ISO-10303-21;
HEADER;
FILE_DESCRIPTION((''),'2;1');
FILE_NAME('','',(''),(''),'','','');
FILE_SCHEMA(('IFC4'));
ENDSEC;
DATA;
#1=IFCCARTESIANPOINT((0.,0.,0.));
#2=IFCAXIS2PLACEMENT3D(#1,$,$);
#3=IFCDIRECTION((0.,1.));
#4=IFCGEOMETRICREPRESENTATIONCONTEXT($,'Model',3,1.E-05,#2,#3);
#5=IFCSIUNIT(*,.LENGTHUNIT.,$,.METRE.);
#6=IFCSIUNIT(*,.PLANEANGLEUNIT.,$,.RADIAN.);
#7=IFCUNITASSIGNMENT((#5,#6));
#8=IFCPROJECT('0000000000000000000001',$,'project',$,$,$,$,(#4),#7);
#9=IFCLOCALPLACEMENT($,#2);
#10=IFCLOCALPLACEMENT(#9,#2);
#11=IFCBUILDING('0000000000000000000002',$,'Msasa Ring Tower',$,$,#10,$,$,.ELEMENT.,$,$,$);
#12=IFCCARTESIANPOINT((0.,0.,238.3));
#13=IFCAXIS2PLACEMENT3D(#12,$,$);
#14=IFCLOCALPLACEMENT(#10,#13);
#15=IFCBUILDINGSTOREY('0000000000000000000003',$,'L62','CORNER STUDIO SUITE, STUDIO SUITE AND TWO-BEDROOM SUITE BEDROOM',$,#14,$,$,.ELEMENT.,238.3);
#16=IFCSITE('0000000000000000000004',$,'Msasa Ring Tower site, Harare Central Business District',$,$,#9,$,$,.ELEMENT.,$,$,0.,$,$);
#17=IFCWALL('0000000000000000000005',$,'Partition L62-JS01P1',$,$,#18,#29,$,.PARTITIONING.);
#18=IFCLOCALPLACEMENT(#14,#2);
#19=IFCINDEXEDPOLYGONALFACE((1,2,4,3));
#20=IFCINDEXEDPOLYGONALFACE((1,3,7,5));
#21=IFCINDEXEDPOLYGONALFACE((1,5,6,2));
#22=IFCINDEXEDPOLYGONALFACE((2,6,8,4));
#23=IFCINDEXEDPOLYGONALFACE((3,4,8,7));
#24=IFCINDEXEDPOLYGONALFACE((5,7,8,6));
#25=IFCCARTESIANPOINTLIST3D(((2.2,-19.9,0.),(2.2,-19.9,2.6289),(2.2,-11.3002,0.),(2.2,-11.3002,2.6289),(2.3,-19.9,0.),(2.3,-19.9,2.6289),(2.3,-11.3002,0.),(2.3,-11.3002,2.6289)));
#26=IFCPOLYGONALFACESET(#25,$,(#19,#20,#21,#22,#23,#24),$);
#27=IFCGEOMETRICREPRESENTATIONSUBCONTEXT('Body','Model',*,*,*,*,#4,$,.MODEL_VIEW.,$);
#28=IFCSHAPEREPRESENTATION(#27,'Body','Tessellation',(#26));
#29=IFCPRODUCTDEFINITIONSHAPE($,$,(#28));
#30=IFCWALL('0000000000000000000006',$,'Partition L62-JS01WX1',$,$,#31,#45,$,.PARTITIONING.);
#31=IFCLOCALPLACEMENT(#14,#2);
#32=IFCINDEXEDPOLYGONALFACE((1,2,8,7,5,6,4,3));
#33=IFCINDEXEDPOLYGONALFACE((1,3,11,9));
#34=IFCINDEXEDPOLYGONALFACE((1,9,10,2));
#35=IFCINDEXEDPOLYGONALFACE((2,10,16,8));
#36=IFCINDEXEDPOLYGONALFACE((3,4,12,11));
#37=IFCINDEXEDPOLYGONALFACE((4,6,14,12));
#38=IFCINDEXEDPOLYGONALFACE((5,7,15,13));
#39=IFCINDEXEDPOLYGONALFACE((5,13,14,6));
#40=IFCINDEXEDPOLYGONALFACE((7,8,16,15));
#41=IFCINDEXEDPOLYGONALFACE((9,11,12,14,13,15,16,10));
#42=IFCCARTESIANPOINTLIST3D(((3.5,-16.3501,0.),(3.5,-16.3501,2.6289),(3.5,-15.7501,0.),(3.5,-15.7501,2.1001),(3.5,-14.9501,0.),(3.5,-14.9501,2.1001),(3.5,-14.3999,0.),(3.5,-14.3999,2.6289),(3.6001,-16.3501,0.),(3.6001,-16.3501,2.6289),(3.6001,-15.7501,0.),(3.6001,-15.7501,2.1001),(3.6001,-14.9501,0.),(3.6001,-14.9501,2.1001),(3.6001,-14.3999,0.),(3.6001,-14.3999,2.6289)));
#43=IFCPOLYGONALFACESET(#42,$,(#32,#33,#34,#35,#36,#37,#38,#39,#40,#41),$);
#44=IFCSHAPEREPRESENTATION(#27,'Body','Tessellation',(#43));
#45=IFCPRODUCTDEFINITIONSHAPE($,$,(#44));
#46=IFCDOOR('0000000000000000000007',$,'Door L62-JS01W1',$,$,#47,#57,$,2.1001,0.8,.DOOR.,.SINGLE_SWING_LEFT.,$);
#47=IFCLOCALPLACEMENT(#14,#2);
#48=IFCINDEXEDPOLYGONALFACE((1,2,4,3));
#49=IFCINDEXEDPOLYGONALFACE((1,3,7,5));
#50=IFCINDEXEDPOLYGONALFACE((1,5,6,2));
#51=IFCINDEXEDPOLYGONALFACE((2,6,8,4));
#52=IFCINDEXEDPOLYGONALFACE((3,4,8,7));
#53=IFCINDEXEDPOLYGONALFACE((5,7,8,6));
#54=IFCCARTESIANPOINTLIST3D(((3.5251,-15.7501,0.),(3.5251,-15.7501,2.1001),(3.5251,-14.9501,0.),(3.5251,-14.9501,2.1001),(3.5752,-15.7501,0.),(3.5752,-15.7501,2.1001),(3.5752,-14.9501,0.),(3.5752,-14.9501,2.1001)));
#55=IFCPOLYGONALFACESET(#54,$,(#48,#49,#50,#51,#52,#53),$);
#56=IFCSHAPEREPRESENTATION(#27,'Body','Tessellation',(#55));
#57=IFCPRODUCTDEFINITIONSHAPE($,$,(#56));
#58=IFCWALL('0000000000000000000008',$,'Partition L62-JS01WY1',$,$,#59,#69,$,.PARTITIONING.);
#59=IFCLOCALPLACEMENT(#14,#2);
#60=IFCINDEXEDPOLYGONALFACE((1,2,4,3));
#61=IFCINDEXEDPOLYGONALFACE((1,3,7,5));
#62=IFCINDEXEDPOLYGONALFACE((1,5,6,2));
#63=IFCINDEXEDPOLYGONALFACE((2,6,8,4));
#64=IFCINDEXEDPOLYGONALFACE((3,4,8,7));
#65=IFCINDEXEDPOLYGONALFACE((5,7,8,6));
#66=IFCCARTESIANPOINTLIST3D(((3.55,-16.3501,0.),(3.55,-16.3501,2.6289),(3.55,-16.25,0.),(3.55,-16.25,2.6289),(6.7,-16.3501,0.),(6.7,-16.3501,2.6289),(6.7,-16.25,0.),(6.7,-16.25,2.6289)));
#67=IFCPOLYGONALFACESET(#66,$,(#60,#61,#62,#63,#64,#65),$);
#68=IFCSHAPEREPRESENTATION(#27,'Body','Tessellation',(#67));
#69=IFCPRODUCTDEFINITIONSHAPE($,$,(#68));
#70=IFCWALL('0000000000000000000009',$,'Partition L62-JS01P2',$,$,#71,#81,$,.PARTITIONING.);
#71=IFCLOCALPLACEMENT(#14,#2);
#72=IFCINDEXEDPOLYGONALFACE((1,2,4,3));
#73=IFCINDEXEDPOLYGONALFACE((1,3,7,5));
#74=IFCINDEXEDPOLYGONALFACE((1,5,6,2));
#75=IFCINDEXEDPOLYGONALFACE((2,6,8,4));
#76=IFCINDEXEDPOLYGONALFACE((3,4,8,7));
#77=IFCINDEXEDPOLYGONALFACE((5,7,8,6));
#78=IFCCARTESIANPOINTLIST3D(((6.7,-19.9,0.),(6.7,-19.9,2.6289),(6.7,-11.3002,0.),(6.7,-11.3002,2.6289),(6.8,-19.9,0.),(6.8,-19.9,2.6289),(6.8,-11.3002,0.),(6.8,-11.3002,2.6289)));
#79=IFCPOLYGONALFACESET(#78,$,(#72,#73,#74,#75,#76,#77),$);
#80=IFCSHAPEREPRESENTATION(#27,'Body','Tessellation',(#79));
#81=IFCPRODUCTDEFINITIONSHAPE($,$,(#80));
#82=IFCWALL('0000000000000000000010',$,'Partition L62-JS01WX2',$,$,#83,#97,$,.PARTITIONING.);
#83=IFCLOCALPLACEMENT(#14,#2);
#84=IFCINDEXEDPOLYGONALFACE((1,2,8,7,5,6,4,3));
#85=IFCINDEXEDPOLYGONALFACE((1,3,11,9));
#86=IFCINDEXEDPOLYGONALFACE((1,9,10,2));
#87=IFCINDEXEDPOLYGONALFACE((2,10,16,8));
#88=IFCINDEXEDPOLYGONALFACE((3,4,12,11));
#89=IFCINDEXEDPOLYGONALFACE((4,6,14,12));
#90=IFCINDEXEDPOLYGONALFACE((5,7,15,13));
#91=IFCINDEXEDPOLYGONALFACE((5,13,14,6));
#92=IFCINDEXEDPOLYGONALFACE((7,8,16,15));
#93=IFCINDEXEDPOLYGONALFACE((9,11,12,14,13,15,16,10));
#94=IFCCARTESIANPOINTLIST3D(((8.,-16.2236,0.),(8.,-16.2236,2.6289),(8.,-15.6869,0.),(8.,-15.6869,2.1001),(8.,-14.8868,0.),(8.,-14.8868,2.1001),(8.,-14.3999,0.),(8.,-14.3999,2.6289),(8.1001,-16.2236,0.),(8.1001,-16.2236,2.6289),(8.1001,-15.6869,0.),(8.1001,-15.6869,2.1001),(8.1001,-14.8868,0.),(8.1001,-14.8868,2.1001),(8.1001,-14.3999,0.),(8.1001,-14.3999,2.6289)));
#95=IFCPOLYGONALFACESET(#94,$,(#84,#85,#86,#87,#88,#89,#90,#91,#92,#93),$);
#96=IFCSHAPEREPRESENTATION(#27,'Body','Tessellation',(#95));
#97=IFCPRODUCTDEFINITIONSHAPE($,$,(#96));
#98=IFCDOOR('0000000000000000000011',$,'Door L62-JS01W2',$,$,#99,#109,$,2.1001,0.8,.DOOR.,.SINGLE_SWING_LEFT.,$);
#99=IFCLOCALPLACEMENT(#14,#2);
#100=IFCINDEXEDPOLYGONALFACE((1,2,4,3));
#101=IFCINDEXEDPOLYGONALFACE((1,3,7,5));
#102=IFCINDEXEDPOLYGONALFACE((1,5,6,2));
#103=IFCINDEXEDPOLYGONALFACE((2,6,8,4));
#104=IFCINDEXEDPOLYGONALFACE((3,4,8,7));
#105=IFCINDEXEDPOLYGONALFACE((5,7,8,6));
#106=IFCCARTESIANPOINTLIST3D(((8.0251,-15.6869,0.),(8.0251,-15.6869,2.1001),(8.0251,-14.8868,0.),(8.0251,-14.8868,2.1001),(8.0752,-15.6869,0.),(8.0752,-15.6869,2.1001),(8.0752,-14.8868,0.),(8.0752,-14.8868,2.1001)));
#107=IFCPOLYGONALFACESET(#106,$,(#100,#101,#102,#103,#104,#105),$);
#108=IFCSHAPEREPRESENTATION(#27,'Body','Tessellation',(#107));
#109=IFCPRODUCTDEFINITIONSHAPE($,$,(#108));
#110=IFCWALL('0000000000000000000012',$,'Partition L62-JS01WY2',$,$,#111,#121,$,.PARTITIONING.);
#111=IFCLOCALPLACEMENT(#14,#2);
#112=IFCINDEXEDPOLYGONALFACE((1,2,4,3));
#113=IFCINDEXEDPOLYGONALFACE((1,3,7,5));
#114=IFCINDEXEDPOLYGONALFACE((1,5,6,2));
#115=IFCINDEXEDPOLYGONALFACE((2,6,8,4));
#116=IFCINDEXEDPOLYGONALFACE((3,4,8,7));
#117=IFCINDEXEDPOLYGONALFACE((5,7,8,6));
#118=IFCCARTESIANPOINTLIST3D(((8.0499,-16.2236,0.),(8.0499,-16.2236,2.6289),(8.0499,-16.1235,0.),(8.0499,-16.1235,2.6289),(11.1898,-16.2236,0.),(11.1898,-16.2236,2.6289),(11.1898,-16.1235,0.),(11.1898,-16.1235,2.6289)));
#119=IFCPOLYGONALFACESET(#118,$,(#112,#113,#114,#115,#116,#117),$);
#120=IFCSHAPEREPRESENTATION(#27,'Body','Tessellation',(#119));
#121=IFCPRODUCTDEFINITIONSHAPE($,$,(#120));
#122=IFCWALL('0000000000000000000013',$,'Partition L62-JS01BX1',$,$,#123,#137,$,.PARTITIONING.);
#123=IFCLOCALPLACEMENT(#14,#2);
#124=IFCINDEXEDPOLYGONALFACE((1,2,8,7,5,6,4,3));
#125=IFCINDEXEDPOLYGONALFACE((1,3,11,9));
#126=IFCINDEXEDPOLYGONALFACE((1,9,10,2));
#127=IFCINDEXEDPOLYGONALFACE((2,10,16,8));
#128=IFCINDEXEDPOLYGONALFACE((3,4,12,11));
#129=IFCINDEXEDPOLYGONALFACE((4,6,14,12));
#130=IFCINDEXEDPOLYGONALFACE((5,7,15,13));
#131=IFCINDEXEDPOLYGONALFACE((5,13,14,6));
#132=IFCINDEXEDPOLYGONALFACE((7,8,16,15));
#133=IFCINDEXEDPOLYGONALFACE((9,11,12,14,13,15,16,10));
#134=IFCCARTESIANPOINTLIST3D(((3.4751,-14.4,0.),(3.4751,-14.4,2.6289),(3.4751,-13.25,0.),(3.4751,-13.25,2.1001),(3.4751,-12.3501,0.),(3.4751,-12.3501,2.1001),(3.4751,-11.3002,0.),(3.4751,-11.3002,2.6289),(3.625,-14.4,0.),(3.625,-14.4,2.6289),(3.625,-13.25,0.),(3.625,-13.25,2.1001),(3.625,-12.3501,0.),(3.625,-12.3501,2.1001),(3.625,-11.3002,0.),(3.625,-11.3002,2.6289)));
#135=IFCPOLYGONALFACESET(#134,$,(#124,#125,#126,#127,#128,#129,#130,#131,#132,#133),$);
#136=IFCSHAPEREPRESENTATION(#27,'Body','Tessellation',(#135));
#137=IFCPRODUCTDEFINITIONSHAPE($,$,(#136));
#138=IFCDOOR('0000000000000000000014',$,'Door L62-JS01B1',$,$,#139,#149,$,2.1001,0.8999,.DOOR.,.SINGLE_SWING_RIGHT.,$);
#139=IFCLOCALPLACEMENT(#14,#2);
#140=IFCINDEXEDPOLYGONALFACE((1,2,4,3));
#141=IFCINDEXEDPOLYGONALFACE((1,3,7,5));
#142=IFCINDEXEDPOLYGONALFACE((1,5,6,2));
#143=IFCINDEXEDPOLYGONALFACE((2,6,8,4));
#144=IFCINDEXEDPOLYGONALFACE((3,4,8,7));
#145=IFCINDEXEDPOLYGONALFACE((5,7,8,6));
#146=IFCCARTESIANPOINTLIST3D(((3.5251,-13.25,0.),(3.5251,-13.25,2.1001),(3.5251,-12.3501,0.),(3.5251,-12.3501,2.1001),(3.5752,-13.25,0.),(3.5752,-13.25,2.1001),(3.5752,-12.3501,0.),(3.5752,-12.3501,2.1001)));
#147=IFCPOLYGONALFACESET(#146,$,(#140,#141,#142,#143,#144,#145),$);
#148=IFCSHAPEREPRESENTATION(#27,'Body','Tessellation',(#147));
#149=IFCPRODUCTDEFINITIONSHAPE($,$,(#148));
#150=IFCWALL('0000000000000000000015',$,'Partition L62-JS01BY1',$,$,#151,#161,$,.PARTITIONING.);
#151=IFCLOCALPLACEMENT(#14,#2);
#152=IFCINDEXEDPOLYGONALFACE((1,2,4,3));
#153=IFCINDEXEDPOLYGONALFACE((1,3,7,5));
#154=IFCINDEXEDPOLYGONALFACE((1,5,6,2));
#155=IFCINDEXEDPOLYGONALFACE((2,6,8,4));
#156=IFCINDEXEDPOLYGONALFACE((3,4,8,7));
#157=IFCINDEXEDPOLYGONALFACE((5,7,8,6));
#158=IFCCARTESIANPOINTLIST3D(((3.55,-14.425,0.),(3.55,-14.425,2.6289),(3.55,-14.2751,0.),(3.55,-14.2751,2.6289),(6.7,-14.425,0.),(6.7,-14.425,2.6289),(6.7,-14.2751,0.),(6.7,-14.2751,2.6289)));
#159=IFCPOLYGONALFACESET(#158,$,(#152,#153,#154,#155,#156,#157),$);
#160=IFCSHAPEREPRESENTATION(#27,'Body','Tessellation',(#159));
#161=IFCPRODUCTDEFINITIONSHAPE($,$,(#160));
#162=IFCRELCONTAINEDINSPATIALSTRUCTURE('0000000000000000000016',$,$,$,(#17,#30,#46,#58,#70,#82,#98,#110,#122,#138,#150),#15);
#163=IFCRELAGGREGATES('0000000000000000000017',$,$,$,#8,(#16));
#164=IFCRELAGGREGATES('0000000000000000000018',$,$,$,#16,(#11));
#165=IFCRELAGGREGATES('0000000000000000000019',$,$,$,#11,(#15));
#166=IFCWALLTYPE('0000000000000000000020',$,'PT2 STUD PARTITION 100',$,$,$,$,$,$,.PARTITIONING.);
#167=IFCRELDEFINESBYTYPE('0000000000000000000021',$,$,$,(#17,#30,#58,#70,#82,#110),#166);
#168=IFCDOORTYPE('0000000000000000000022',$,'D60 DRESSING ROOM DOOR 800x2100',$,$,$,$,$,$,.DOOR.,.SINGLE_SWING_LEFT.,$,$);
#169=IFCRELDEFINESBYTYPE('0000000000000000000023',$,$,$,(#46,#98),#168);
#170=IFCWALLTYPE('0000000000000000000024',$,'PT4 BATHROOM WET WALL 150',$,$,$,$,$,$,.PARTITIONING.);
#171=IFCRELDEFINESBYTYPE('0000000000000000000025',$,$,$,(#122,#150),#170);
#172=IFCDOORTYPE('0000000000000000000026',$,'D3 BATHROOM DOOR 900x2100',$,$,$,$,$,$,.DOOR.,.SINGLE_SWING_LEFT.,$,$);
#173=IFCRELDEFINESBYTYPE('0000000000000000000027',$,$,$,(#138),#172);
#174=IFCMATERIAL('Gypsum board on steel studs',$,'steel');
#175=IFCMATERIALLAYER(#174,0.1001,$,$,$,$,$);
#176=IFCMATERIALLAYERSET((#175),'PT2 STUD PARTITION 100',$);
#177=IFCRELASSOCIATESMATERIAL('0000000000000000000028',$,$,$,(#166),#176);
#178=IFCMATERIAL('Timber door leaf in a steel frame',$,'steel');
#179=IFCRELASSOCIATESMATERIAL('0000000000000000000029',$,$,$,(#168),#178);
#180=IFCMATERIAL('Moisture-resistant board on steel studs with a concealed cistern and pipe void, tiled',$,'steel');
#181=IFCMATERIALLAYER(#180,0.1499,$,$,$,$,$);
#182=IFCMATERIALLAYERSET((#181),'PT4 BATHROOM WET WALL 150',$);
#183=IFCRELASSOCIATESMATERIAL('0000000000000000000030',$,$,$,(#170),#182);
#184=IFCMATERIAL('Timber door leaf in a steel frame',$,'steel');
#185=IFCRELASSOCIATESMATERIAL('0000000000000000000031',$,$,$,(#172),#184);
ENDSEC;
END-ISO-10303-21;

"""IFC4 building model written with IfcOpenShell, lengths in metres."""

from ifc_helpers import new_model, si_unit, direction, frame, frame_2d, origin, place, context, subcontext, project, spatial, rectangle, extrude, material, layer, layer_set, type_object, element, fill, save


model = new_model("IFC4")

# Units and contexts
model_context = context("Model", 3, precision=1e-05, world=origin(), true_north=direction((0.0, 1.0)))
body_context = subcontext(model_context, "Body", "Model", "MODEL_VIEW")
ifc_project = project(units=[si_unit("LENGTHUNIT", "METRE"), si_unit("PLANEANGLEUNIT", "RADIAN")], contexts=[model_context])

# Site, building, storey
site_placement = place(None, origin())
site = spatial("IfcSite", under=ifc_project, at=site_placement, Name="Msasa Ring Tower site, Harare Central Business District", CompositionType="ELEMENT", RefElevation=0.0)
building_placement = place(site_placement, origin())
building = spatial("IfcBuilding", under=site, at=building_placement, Name="Msasa Ring Tower", CompositionType="ELEMENT")
storey_placement = place(building_placement, frame((0.0, 0.0, 238.3)))
storey = spatial("IfcBuildingStorey", under=building, at=storey_placement, Name="L62", Description="CORNER STUDIO SUITE, STUDIO SUITE AND TWO-BEDROOM SUITE BEDROOM", CompositionType="ELEMENT", Elevation=238.3)

# Wall
ifc_material_1 = material(Name="Gypsum board on steel studs", Category="steel")
ifc_layer_1 = layer(ifc_material_1, 0.1001)
ifc_layer_set_1 = layer_set([ifc_layer_1], Name="PT2 STUD PARTITION 100")
wall_type_1 = type_object("IfcWallType", Name="PT2 STUD PARTITION 100", PredefinedType="PARTITIONING", material=ifc_layer_set_1)
wall_1_placement = place(storey_placement, frame((2.25, -19.8999, 0.0), z_axis=(0.0, 0.0, 1.0), x_axis=(0.0, 1.0, 0.0)))
element("IfcWall", 1, at=wall_1_placement, inside=storey, type_object=wall_type_1, Name="Partition L62-JS01P1", PredefinedType="PARTITIONING", context=body_context, shape_type="SweptSolid", body=[
    extrude(rectangle(XDim=8.5999, YDim=0.1001, at=frame_2d((4.2998, 0.0))), origin(), (0.0, 0.0, 1.0), 2.6289),
])

# Wall, opening, door
wall_2_placement = place(storey_placement, frame((3.55, -16.3501, 0.0), z_axis=(0.0, 0.0, 1.0), x_axis=(0.0, 1.0, 0.0)))
wall_2 = element("IfcWall", 2, at=wall_2_placement, inside=storey, type_object=wall_type_1, Name="Partition L62-JS01WX1", PredefinedType="PARTITIONING", context=body_context, shape_type="SweptSolid", body=[
    extrude(rectangle(XDim=1.9502, YDim=0.1001, at=frame_2d((0.9751, 0.0))), origin(), (0.0, 0.0, 1.0), 2.6289),
])
opening_1_placement = place(wall_2_placement, frame((0.6001, 0.0, 0.0)))
opening_1 = element("IfcOpeningElement", 3, at=opening_1_placement, cuts=wall_2, PredefinedType="OPENING", context=body_context, shape_type="SweptSolid", body=[
    extrude(rectangle(XDim=0.8, YDim=2.1001, at=frame_2d((0.3999, 1.05))), frame((0.0, 0.0601, 0.0), z_axis=(0.0, -1.0, 0.0), x_axis=(1.0, 0.0, 0.0)), (0.0, 0.0, 1.0), 0.1201),
])
ifc_material_2 = material(Name="Timber door leaf in a steel frame", Category="steel")
door_type_1 = type_object("IfcDoorType", Name="D60 DRESSING ROOM DOOR 800x2100", OperationType="SINGLE_SWING_LEFT", PredefinedType="DOOR", material=ifc_material_2)
door_1_placement = place(opening_1_placement, origin())
door_1 = element("IfcDoor", 4, at=door_1_placement, inside=storey, type_object=door_type_1, Name="Door L62-JS01W1", OperationType="SINGLE_SWING_LEFT", OverallHeight=2.1001, OverallWidth=0.8, PredefinedType="DOOR", context=body_context, shape_type="SweptSolid", body=[
    extrude(rectangle(XDim=0.8, YDim=2.1001, at=frame_2d((0.3999, 1.05))), frame((0.0, 0.0249, 0.0), z_axis=(0.0, -1.0, 0.0), x_axis=(1.0, 0.0, 0.0)), (0.0, 0.0, 1.0), 0.05),
])
fill(opening_1, door_1)

# Walls
wall_3_placement = place(storey_placement, frame((3.55, -16.3, 0.0), z_axis=(0.0, 0.0, 1.0), x_axis=(1.0, 0.0, 0.0)))
element("IfcWall", 5, at=wall_3_placement, inside=storey, type_object=wall_type_1, Name="Partition L62-JS01WY1", PredefinedType="PARTITIONING", context=body_context, shape_type="SweptSolid", body=[
    extrude(rectangle(XDim=3.1499, YDim=0.1001, at=frame_2d((1.575, 0.0))), origin(), (0.0, 0.0, 1.0), 2.6289),
])
wall_4_placement = place(storey_placement, frame((6.75, -19.8999, 0.0), z_axis=(0.0, 0.0, 1.0), x_axis=(0.0, 1.0, 0.0)))
element("IfcWall", 6, at=wall_4_placement, inside=storey, type_object=wall_type_1, Name="Partition L62-JS01P2", PredefinedType="PARTITIONING", context=body_context, shape_type="SweptSolid", body=[
    extrude(rectangle(XDim=8.5999, YDim=0.1001, at=frame_2d((4.2998, 0.0))), origin(), (0.0, 0.0, 1.0), 2.6289),
])

# Wall, opening, door
wall_5_placement = place(storey_placement, frame((8.05, -16.2236, 0.0), z_axis=(0.0, 0.0, 1.0), x_axis=(0.0, 1.0, 0.0)))
wall_5 = element("IfcWall", 7, at=wall_5_placement, inside=storey, type_object=wall_type_1, Name="Partition L62-JS01WX2", PredefinedType="PARTITIONING", context=body_context, shape_type="SweptSolid", body=[
    extrude(rectangle(XDim=1.8237, YDim=0.1001, at=frame_2d((0.9119, 0.0))), origin(), (0.0, 0.0, 1.0), 2.6289),
])
opening_2_placement = place(wall_5_placement, frame((0.5369, 0.0, 0.0)))
opening_2 = element("IfcOpeningElement", 8, at=opening_2_placement, cuts=wall_5, PredefinedType="OPENING", context=body_context, shape_type="SweptSolid", body=[
    extrude(rectangle(XDim=0.8, YDim=2.1001, at=frame_2d((0.3999, 1.05))), frame((0.0, 0.0601, 0.0), z_axis=(0.0, -1.0, 0.0), x_axis=(1.0, 0.0, 0.0)), (0.0, 0.0, 1.0), 0.1201),
])
door_2_placement = place(opening_2_placement, origin())
door_2 = element("IfcDoor", 9, at=door_2_placement, inside=storey, type_object=door_type_1, Name="Door L62-JS01W2", OperationType="SINGLE_SWING_LEFT", OverallHeight=2.1001, OverallWidth=0.8, PredefinedType="DOOR", context=body_context, shape_type="SweptSolid", body=[
    extrude(rectangle(XDim=0.8, YDim=2.1001, at=frame_2d((0.3999, 1.05))), frame((0.0, 0.0249, 0.0), z_axis=(0.0, -1.0, 0.0), x_axis=(1.0, 0.0, 0.0)), (0.0, 0.0, 1.0), 0.05),
])
fill(opening_2, door_2)

# Wall
wall_6_placement = place(storey_placement, frame((8.05, -16.1736, 0.0), z_axis=(0.0, 0.0, 1.0), x_axis=(1.0, 0.0, 0.0)))
element("IfcWall", 10, at=wall_6_placement, inside=storey, type_object=wall_type_1, Name="Partition L62-JS01WY2", PredefinedType="PARTITIONING", context=body_context, shape_type="SweptSolid", body=[
    extrude(rectangle(XDim=3.1399, YDim=0.1001, at=frame_2d((1.5698, 0.0))), origin(), (0.0, 0.0, 1.0), 2.6289),
])

# Wall, opening, door
ifc_material_3 = material(Name="Moisture-resistant board on steel studs with a concealed cistern and pipe void, tiled", Category="steel")
ifc_layer_2 = layer(ifc_material_3, 0.1499)
ifc_layer_set_2 = layer_set([ifc_layer_2], Name="PT4 BATHROOM WET WALL 150")
wall_type_2 = type_object("IfcWallType", Name="PT4 BATHROOM WET WALL 150", PredefinedType="PARTITIONING", material=ifc_layer_set_2)
wall_7_placement = place(storey_placement, frame((3.55, -14.3999, 0.0), z_axis=(0.0, 0.0, 1.0), x_axis=(0.0, 1.0, 0.0)))
wall_7 = element("IfcWall", 11, at=wall_7_placement, inside=storey, type_object=wall_type_2, Name="Partition L62-JS01BX1", PredefinedType="PARTITIONING", context=body_context, shape_type="SweptSolid", body=[
    extrude(rectangle(XDim=3.0999, YDim=0.1499, at=frame_2d((1.5498, 0.0))), origin(), (0.0, 0.0, 1.0), 2.6289),
])
opening_3_placement = place(wall_7_placement, frame((1.1499, 0.0, 0.0)))
opening_3 = element("IfcOpeningElement", 12, at=opening_3_placement, cuts=wall_7, PredefinedType="OPENING", context=body_context, shape_type="SweptSolid", body=[
    extrude(rectangle(XDim=0.8999, YDim=2.1001, at=frame_2d((0.45, 1.05))), frame((0.0, 0.085, 0.0), z_axis=(0.0, -1.0, 0.0), x_axis=(1.0, 0.0, 0.0)), (0.0, 0.0, 1.0), 0.1699),
])
ifc_material_4 = material(Name="Timber door leaf in a steel frame", Category="steel")
door_type_2 = type_object("IfcDoorType", Name="D3 BATHROOM DOOR 900x2100", OperationType="SINGLE_SWING_LEFT", PredefinedType="DOOR", material=ifc_material_4)
door_3_placement = place(opening_3_placement, origin())
door_3 = element("IfcDoor", 13, at=door_3_placement, inside=storey, type_object=door_type_2, Name="Door L62-JS01B1", OperationType="SINGLE_SWING_RIGHT", OverallHeight=2.1001, OverallWidth=0.8999, PredefinedType="DOOR", context=body_context, shape_type="SweptSolid", body=[
    extrude(rectangle(XDim=0.8999, YDim=2.1001, at=frame_2d((0.45, 1.05))), frame((0.0, 0.0249, 0.0), z_axis=(0.0, -1.0, 0.0), x_axis=(1.0, 0.0, 0.0)), (0.0, 0.0, 1.0), 0.05),
])
fill(opening_3, door_3)

# Wall
wall_8_placement = place(storey_placement, frame((3.55, -14.3501, 0.0), z_axis=(0.0, 0.0, 1.0), x_axis=(1.0, 0.0, 0.0)))
element("IfcWall", 14, at=wall_8_placement, inside=storey, type_object=wall_type_2, Name="Partition L62-JS01BY1", PredefinedType="PARTITIONING", context=body_context, shape_type="SweptSolid", body=[
    extrude(rectangle(XDim=3.1499, YDim=0.1499, at=frame_2d((1.575, 0.0))), origin(), (0.0, 0.0, 1.0), 2.6289),
])

save(model, "model.ifc")
